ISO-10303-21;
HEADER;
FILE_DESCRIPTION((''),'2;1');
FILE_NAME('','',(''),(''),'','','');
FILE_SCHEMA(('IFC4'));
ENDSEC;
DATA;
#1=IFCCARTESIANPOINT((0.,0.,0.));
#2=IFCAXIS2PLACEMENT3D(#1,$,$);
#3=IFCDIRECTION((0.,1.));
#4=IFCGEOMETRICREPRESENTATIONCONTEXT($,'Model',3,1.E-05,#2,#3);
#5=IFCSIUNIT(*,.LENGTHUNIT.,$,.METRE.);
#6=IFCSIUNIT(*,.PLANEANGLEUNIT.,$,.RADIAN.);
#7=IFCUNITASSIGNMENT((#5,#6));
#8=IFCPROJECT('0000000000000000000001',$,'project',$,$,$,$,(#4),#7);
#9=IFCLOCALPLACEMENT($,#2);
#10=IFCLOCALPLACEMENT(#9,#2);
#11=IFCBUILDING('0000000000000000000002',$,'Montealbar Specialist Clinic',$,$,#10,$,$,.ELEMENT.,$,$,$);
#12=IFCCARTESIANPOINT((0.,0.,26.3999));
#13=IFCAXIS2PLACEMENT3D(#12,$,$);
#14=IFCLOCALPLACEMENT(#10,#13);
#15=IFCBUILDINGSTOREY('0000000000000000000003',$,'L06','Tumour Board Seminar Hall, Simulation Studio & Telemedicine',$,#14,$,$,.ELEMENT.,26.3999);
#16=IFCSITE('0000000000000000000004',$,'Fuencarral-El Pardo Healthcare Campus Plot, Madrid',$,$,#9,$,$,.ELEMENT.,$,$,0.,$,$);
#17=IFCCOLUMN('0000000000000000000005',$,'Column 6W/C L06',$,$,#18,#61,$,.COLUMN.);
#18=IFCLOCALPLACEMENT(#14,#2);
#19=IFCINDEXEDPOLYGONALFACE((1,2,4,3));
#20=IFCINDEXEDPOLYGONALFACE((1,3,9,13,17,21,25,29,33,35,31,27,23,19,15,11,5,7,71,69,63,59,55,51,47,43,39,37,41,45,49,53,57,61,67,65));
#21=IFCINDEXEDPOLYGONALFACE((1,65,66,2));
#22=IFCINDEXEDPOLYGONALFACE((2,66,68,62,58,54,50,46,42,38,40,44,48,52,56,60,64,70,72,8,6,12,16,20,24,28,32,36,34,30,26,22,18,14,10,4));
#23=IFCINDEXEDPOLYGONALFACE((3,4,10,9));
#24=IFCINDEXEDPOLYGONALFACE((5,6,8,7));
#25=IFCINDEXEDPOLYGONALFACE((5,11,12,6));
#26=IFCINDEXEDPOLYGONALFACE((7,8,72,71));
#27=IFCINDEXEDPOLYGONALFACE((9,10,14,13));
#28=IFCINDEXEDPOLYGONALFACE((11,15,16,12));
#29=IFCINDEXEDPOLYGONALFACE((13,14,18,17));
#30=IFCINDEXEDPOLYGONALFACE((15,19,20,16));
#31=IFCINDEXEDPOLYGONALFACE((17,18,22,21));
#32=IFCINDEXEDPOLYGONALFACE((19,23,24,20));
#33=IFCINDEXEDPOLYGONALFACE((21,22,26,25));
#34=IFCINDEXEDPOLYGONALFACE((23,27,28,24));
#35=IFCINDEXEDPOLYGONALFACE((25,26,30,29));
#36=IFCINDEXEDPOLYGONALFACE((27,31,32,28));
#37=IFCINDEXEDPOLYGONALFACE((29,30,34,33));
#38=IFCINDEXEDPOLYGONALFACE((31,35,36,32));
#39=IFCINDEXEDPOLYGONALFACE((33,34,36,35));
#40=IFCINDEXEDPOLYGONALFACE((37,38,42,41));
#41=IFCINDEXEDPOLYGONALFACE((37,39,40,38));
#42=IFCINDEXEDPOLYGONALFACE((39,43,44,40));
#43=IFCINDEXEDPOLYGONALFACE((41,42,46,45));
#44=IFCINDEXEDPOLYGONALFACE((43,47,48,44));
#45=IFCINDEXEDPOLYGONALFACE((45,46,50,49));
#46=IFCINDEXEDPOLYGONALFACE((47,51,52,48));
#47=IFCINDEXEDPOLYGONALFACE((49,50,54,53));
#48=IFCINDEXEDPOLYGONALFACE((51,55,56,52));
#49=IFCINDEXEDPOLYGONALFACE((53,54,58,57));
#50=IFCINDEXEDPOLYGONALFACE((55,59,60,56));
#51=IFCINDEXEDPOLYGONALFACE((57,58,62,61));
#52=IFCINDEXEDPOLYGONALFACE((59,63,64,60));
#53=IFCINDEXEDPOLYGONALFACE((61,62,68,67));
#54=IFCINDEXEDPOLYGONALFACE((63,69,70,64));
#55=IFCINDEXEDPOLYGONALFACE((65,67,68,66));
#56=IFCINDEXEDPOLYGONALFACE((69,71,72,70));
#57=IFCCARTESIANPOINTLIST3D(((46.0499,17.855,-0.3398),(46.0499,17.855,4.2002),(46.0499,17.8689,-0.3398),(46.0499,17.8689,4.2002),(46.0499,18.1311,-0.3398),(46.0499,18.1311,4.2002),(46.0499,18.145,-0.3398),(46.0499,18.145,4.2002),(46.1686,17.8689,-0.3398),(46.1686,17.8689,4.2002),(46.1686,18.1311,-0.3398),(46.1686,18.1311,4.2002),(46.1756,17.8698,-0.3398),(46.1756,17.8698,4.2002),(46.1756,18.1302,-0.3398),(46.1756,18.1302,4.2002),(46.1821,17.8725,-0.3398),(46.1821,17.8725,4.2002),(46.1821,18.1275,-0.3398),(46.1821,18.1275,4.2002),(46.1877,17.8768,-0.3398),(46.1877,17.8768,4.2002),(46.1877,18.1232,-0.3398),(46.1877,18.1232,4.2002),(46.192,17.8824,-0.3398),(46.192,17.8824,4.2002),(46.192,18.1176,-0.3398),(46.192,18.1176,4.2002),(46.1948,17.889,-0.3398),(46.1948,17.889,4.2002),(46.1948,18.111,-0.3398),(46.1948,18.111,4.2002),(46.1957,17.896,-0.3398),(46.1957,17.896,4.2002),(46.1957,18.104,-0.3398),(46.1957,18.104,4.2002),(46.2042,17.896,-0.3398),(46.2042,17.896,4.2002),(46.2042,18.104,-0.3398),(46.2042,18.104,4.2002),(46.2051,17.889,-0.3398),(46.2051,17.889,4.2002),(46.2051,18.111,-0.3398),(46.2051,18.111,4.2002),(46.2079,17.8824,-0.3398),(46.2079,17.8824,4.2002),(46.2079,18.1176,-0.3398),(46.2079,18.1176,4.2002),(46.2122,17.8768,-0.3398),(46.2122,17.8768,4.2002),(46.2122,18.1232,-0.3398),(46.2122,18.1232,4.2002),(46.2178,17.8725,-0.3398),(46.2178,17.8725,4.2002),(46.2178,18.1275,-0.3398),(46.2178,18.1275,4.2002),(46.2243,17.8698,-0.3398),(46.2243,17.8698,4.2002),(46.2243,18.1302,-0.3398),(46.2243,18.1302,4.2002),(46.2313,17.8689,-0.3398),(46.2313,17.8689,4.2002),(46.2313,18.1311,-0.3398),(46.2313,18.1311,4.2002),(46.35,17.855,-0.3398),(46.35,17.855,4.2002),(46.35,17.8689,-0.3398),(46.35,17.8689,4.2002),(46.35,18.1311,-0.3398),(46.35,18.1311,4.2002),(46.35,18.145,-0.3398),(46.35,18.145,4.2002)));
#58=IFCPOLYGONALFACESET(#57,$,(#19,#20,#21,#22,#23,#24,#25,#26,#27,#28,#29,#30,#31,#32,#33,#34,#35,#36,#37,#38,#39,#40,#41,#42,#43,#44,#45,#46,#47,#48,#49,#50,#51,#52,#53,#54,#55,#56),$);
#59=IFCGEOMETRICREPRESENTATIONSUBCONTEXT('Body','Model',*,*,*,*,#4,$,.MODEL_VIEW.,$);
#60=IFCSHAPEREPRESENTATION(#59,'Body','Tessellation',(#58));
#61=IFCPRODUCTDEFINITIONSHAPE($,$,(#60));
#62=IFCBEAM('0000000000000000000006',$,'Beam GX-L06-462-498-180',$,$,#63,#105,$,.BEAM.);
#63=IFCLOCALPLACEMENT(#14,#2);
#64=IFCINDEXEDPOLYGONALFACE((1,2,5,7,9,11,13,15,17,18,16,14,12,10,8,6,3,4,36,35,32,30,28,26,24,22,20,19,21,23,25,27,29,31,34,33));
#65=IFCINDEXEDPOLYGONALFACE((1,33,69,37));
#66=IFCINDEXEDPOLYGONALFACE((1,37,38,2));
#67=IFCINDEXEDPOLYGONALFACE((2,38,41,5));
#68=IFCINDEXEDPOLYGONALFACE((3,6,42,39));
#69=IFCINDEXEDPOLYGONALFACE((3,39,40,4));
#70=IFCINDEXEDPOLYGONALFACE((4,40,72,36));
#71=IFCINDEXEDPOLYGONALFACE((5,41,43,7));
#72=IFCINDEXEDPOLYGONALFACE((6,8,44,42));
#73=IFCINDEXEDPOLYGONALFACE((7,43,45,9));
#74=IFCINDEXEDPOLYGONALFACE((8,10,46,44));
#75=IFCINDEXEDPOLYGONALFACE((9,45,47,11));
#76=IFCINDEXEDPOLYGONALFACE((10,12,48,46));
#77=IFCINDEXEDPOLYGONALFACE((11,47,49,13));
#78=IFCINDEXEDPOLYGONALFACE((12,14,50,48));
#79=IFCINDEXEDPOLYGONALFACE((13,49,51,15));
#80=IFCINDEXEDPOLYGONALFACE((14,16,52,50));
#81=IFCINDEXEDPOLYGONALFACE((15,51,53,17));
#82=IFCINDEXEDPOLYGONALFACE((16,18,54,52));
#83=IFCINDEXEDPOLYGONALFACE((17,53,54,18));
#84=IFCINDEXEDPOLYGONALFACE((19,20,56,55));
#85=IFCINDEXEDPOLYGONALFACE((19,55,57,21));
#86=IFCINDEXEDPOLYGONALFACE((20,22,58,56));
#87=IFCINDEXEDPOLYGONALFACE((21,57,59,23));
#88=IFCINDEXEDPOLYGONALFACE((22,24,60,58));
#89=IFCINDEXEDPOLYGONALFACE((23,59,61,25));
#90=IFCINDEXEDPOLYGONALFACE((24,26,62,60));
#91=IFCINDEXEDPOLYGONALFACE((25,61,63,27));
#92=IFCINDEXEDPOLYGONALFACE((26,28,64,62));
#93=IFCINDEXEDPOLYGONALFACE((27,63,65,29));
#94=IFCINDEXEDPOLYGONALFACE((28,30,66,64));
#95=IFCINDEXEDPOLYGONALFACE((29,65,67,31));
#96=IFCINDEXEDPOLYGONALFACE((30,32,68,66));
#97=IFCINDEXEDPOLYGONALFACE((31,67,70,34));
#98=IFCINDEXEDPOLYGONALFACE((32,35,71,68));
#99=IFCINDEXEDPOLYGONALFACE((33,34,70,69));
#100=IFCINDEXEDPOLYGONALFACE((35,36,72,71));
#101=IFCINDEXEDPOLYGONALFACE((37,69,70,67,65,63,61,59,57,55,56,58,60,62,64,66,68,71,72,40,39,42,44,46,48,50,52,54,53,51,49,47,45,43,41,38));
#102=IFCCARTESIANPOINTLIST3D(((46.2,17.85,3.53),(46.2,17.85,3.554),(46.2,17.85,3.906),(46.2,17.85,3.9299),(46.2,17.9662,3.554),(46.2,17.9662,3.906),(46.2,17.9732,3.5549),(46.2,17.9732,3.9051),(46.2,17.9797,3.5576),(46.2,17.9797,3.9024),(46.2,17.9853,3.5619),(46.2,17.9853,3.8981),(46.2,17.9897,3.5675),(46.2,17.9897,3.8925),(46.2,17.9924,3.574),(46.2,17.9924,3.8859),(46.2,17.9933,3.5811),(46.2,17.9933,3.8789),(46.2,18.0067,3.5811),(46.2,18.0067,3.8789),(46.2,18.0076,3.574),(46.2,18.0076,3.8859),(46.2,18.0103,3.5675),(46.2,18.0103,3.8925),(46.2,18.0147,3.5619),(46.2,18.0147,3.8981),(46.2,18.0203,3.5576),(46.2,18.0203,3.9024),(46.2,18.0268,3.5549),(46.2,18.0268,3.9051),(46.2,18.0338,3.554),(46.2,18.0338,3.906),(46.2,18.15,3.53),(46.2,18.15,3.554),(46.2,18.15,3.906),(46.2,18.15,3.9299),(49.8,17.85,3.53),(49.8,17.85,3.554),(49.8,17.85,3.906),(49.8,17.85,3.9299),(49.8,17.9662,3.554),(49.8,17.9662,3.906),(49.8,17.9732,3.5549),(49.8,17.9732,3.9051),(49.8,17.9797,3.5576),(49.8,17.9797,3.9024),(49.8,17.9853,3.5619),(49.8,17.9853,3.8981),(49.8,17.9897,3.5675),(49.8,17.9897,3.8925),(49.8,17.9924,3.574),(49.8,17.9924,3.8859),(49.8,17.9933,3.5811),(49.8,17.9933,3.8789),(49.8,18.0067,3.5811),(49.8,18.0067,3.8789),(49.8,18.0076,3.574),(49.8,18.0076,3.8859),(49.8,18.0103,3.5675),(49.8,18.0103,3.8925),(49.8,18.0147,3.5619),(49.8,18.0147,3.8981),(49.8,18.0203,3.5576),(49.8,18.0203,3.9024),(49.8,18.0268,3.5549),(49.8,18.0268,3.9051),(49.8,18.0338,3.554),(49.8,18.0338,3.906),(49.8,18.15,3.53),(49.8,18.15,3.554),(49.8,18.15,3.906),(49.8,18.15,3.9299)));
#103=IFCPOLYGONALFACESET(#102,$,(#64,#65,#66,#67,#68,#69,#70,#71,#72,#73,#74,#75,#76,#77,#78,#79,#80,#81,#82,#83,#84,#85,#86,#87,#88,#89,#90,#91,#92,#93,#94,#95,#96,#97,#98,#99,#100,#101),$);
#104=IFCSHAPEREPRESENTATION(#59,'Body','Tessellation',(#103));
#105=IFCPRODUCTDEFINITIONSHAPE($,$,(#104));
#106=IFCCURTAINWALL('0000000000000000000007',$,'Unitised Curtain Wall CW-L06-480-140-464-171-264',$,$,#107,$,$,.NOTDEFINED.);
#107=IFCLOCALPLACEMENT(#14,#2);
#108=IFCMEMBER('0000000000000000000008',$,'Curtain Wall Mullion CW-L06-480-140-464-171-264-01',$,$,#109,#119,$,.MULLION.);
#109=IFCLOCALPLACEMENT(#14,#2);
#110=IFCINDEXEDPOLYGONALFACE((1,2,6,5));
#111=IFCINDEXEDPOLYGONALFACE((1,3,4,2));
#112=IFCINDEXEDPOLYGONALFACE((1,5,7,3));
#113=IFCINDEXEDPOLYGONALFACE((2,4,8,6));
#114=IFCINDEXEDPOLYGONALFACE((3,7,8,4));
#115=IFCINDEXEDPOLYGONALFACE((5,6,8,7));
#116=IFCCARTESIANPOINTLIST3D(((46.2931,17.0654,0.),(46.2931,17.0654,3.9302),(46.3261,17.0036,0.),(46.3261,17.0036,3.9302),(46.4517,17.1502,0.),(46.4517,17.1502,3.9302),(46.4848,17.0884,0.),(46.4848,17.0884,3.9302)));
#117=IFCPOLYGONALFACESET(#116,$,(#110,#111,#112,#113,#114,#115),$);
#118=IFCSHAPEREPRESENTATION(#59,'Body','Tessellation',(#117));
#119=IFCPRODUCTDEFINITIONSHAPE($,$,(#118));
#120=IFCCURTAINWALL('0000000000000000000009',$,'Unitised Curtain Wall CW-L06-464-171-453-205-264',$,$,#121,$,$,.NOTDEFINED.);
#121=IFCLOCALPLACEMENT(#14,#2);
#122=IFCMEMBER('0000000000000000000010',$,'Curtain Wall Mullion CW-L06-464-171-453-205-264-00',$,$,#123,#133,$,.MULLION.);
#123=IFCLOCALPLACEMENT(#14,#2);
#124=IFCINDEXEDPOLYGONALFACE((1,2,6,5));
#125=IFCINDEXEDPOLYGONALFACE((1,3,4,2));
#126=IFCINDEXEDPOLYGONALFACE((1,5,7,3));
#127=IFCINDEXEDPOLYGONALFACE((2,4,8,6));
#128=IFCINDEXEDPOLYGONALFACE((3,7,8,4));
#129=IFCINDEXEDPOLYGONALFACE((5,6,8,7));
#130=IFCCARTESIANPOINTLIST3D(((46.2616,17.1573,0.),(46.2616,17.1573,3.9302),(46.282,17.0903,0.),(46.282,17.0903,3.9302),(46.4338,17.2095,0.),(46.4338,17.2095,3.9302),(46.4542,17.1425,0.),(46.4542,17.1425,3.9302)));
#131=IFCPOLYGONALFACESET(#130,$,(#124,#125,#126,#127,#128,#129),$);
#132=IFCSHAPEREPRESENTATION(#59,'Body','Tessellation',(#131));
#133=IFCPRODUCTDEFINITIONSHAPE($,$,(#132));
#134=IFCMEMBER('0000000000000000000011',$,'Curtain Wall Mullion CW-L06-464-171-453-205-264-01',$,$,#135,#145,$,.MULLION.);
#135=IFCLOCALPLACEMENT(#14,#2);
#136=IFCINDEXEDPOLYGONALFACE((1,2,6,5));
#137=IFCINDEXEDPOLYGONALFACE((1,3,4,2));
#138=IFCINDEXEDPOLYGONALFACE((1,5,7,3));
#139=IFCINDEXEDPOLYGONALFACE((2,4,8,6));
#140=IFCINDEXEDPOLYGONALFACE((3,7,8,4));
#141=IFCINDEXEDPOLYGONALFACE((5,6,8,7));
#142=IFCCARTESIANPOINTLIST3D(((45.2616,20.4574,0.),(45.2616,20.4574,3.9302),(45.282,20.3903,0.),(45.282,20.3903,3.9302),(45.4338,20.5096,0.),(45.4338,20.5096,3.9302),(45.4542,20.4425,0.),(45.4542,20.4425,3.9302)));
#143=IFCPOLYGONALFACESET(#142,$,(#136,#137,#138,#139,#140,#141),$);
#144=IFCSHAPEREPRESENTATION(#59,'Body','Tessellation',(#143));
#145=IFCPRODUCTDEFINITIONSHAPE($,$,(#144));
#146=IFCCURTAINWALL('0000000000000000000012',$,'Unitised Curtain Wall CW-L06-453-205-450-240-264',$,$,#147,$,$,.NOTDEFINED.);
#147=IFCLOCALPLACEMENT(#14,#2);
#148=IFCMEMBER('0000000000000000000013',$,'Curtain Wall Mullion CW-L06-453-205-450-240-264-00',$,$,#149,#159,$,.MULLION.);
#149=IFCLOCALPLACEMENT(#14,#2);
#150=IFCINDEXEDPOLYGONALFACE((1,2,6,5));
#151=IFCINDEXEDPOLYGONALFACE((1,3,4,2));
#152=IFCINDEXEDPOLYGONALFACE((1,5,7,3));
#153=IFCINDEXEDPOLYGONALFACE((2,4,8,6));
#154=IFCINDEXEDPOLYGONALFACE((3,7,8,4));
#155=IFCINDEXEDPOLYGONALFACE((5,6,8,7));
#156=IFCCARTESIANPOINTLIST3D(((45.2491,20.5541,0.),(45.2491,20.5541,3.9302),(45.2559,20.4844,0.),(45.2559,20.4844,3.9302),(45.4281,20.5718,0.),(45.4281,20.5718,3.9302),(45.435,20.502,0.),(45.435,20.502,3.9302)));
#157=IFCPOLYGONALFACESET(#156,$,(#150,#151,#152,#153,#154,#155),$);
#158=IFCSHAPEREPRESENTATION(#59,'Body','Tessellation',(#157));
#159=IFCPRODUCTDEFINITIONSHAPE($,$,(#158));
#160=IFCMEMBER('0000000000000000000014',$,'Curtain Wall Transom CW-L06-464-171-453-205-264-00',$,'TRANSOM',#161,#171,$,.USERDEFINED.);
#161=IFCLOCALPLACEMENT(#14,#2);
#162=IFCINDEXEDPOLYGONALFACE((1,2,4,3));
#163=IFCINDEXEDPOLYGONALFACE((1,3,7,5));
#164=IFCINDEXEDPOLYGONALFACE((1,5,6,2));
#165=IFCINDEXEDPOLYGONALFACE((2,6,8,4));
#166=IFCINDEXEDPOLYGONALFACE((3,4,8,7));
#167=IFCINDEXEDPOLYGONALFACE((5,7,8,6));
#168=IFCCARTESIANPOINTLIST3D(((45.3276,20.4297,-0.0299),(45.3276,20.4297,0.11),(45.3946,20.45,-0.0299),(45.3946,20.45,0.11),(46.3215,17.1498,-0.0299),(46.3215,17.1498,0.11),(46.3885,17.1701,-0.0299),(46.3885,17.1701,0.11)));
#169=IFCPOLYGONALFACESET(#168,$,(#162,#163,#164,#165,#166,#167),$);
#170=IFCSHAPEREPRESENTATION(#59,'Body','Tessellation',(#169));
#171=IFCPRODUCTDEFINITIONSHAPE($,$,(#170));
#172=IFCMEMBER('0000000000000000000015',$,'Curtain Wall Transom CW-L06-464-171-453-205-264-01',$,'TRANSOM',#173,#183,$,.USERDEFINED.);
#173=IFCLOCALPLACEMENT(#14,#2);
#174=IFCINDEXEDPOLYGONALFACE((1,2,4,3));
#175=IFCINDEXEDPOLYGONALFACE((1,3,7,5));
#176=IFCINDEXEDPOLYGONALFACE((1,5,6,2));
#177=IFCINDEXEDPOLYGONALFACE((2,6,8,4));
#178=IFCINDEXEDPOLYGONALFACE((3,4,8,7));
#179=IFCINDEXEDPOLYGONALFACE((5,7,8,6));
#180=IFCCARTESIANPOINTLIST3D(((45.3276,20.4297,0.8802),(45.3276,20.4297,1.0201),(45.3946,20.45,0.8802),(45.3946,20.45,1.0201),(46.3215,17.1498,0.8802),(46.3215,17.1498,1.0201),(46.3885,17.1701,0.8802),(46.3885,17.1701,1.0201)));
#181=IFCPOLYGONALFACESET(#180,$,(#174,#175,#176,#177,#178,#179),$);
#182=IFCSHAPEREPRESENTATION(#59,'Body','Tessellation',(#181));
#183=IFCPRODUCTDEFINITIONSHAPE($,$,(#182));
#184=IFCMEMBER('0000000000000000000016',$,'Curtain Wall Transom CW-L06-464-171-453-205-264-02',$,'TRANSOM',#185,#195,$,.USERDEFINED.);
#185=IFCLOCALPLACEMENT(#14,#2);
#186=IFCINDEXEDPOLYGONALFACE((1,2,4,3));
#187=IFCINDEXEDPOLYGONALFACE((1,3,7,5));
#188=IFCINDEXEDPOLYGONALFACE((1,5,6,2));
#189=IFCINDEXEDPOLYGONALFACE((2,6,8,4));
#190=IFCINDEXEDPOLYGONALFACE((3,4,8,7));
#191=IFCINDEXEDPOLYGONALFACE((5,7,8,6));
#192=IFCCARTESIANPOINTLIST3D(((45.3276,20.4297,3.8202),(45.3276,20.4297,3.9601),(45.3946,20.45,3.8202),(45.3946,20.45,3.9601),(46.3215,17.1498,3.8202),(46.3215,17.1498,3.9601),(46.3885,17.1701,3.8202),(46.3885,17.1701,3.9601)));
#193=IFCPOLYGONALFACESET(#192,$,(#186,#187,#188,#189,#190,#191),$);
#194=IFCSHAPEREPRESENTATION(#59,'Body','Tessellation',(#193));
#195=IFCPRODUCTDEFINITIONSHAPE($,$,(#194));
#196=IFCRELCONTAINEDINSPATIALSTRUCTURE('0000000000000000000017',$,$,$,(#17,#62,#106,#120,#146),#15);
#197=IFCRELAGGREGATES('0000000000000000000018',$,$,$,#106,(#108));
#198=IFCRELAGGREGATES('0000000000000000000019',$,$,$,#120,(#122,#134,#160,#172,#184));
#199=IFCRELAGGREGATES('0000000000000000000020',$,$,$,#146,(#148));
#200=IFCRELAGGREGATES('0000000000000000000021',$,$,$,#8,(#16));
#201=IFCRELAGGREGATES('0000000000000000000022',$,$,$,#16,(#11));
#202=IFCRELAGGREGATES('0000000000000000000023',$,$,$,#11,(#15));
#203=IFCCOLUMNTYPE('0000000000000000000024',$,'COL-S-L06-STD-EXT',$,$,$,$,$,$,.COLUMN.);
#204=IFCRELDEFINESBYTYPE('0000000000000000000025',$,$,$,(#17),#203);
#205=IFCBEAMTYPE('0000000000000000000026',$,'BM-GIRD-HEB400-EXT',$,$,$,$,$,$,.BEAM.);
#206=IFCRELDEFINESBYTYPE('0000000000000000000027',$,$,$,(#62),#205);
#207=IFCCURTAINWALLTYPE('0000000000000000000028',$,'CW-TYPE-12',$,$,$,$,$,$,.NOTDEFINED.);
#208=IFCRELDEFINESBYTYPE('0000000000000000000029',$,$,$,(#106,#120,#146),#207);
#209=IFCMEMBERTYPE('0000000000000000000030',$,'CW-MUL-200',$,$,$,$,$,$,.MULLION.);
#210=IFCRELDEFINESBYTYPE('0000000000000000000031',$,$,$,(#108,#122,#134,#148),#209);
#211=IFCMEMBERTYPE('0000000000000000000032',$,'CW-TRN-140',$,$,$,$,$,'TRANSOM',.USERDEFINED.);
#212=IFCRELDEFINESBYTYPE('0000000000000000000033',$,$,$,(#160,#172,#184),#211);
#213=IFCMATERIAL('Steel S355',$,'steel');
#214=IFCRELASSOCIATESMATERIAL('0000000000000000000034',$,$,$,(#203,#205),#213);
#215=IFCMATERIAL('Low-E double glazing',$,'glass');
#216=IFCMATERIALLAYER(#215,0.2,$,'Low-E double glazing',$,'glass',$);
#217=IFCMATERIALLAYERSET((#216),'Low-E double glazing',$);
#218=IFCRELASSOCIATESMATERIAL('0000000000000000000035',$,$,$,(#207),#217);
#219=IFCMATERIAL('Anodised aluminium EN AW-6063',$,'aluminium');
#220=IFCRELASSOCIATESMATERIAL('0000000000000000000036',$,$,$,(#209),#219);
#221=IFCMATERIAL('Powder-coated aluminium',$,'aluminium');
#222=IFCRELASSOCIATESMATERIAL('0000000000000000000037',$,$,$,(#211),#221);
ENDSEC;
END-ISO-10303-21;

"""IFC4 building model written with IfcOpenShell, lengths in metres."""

from ifc_helpers import new_model, si_unit, direction, frame, origin, origin_2d, place, context, subcontext, project, spatial, rectangle, i_section, extrude, material, layer, layer_set, material_profile, profile_set, type_object, element, aggregate, save


model = new_model("IFC4")

# Units and contexts
model_context = context("Model", 3, precision=1e-05, world=origin(), true_north=direction((0.0, 1.0)))
body_context = subcontext(model_context, "Body", "Model", "MODEL_VIEW")
ifc_project = project(units=[si_unit("LENGTHUNIT", "METRE"), si_unit("PLANEANGLEUNIT", "RADIAN")], contexts=[model_context])

# Site, building, storey
site_placement = place(None, origin())
site = spatial("IfcSite", under=ifc_project, at=site_placement, Name="Fuencarral-El Pardo Healthcare Campus Plot, Madrid", CompositionType="ELEMENT", RefElevation=0.0)
building_placement = place(site_placement, origin())
building = spatial("IfcBuilding", under=site, at=building_placement, Name="Montealbar Specialist Clinic", CompositionType="ELEMENT")
storey_placement = place(building_placement, frame((0.0, 0.0, 26.3999)))
storey = spatial("IfcBuildingStorey", under=building, at=storey_placement, Name="L06", Description="Tumour Board Seminar Hall, Simulation Studio & Telemedicine", CompositionType="ELEMENT", Elevation=26.3999)

# Column
ifc_material_1 = material(Name="Steel S355", Category="steel")
ifc_material_profile_1 = material_profile(ifc_material_1, i_section(OverallWidth=0.3, OverallDepth=0.29, WebThickness=0.0085, FlangeThickness=0.0139, FilletRadius=0.0271, at=origin_2d()), Name="HEA 300", Category="steel")
ifc_profile_set_1 = profile_set([ifc_material_profile_1], Name="Steel S355")
column_type = type_object("IfcColumnType", Name="COL-S-L06-STD-EXT", PredefinedType="COLUMN", material=ifc_profile_set_1)
column_placement = place(storey_placement, frame((46.2, 18.0, -0.3398), z_axis=(0.0, 0.0, 1.0), x_axis=(1.0, 0.0, 0.0)))
element("IfcColumn", 1, at=column_placement, inside=storey, type_object=column_type, Name="Column 6W/C L06", PredefinedType="COLUMN", context=body_context, shape_type="SweptSolid", body=[
    extrude(i_section(OverallWidth=0.3, OverallDepth=0.29, WebThickness=0.0085, FlangeThickness=0.0139, FilletRadius=0.0271, at=origin_2d()), origin(), (0.0, 0.0, 1.0), 4.54),
])

# Beam
ifc_material_profile_2 = material_profile(ifc_material_1, i_section(OverallWidth=0.3, OverallDepth=0.3999, WebThickness=0.0134, FlangeThickness=0.0239, FilletRadius=0.0271, at=origin_2d()), Name="HEB 400", Category="steel")
ifc_profile_set_2 = profile_set([ifc_material_profile_2], Name="Steel S355")
beam_type = type_object("IfcBeamType", Name="BM-GIRD-HEB400-EXT", PredefinedType="BEAM", material=ifc_profile_set_2)
beam_placement = place(storey_placement, frame((46.2, 18.0, 3.73), z_axis=(1.0, 0.0, 0.0), x_axis=(0.0, 1.0, 0.0)))
element("IfcBeam", 2, at=beam_placement, inside=storey, type_object=beam_type, Name="Beam GX-L06-462-498-180", PredefinedType="BEAM", context=body_context, shape_type="SweptSolid", body=[
    extrude(i_section(OverallWidth=0.3, OverallDepth=0.3999, WebThickness=0.0134, FlangeThickness=0.0239, FilletRadius=0.0271, at=origin_2d()), origin(), (0.0, 0.0, 1.0), 3.6001),
])

# Curtain wall, member
ifc_material_2 = material(Name="Low-E double glazing", Category="glass")
ifc_layer_1 = layer(ifc_material_2, 0.2, Name="Low-E double glazing", Category="glass")
ifc_layer_set_1 = layer_set([ifc_layer_1], Name="Low-E double glazing")
curtain_wall_type = type_object("IfcCurtainWallType", Name="CW-TYPE-12", PredefinedType="NOTDEFINED", material=ifc_layer_set_1)
curtain_wall_1_placement = place(storey_placement, origin())
curtain_wall_1 = element("IfcCurtainWall", 3, at=curtain_wall_1_placement, inside=storey, type_object=curtain_wall_type, Name="Unitised Curtain Wall CW-L06-480-140-464-171-264", PredefinedType="NOTDEFINED")
ifc_material_3 = material(Name="Anodised aluminium EN AW-6063", Category="aluminium")
ifc_material_profile_3 = material_profile(ifc_material_3, rectangle(XDim=0.0701, YDim=0.1799, at=origin_2d()), Name="ALU 70x180", Category="aluminium")
ifc_profile_set_3 = profile_set([ifc_material_profile_3], Name="Anodised aluminium EN AW-6063")
member_type_1 = type_object("IfcMemberType", Name="CW-MUL-200", PredefinedType="MULLION", material=ifc_profile_set_3)
member_1_placement = place(storey_placement, frame((46.3889, 17.0769, 0.0), z_axis=(0.0, 0.0, 1.0), x_axis=(-0.471529, 0.88185, 0.0)))
member_1 = element("IfcMember", 4, at=member_1_placement, type_object=member_type_1, Name="Curtain Wall Mullion CW-L06-480-140-464-171-264-01", PredefinedType="MULLION", context=body_context, shape_type="SweptSolid", body=[
    extrude(rectangle(XDim=0.0701, YDim=0.1799, at=origin_2d()), origin(), (0.0, 0.0, 1.0), 3.9302),
])

# Curtain wall, members
curtain_wall_2_placement = place(storey_placement, origin())
curtain_wall_2 = element("IfcCurtainWall", 5, at=curtain_wall_2_placement, inside=storey, type_object=curtain_wall_type, Name="Unitised Curtain Wall CW-L06-464-171-453-205-264", PredefinedType="NOTDEFINED")
member_2_placement = place(storey_placement, frame((46.3579, 17.1499, 0.0), z_axis=(0.0, 0.0, 1.0), x_axis=(-0.290259, 0.956948, 0.0)))
member_2 = element("IfcMember", 6, at=member_2_placement, type_object=member_type_1, Name="Curtain Wall Mullion CW-L06-464-171-453-205-264-00", PredefinedType="MULLION", context=body_context, shape_type="SweptSolid", body=[
    extrude(rectangle(XDim=0.0701, YDim=0.1799, at=origin_2d()), origin(), (0.0, 0.0, 1.0), 3.9302),
])
member_3_placement = place(storey_placement, frame((45.3579, 20.45, 0.0), z_axis=(0.0, 0.0, 1.0), x_axis=(-0.290259, 0.956948, 0.0)))
member_3 = element("IfcMember", 7, at=member_3_placement, type_object=member_type_1, Name="Curtain Wall Mullion CW-L06-464-171-453-205-264-01", PredefinedType="MULLION", context=body_context, shape_type="SweptSolid", body=[
    extrude(rectangle(XDim=0.0701, YDim=0.1799, at=origin_2d()), origin(), (0.0, 0.0, 1.0), 3.9302),
])

# Curtain wall, member
curtain_wall_3_placement = place(storey_placement, origin())
curtain_wall_3 = element("IfcCurtainWall", 8, at=curtain_wall_3_placement, inside=storey, type_object=curtain_wall_type, Name="Unitised Curtain Wall CW-L06-453-205-450-240-264", PredefinedType="NOTDEFINED")
member_4_placement = place(storey_placement, frame((45.342, 20.5281, 0.0), z_axis=(0.0, 0.0, 1.0), x_axis=(-0.098045, 0.995182, 0.0)))
member_4 = element("IfcMember", 9, at=member_4_placement, type_object=member_type_1, Name="Curtain Wall Mullion CW-L06-453-205-450-240-264-00", PredefinedType="MULLION", context=body_context, shape_type="SweptSolid", body=[
    extrude(rectangle(XDim=0.0701, YDim=0.1799, at=origin_2d()), origin(), (0.0, 0.0, 1.0), 3.9302),
])

# Members
ifc_material_4 = material(Name="Powder-coated aluminium", Category="aluminium")
ifc_material_profile_4 = material_profile(ifc_material_4, rectangle(XDim=0.0701, YDim=0.1399, at=origin_2d()), Name="ALU 70x140", Category="aluminium")
ifc_profile_set_4 = profile_set([ifc_material_profile_4], Name="Powder-coated aluminium")
member_type_2 = type_object("IfcMemberType", Name="CW-TRN-140", ElementType="TRANSOM", PredefinedType="USERDEFINED", material=ifc_profile_set_4)
member_5_placement = place(storey_placement, frame((46.355, 17.1599, 0.04), z_axis=(-0.289994, 0.957029, 0.0), x_axis=(-0.957029, -0.289994, 0.0)))
member_5 = element("IfcMember", 10, at=member_5_placement, type_object=member_type_2, Name="Curtain Wall Transom CW-L06-464-171-453-205-264-00", ObjectType="TRANSOM", PredefinedType="USERDEFINED", context=body_context, shape_type="SweptSolid", body=[
    extrude(rectangle(XDim=0.0701, YDim=0.1399, at=origin_2d()), origin(), (0.0, 0.0, 1.0), 3.4272),
])
member_6_placement = place(storey_placement, frame((46.355, 17.1599, 0.9502), z_axis=(-0.289994, 0.957029, 0.0), x_axis=(-0.957029, -0.289994, 0.0)))
member_6 = element("IfcMember", 11, at=member_6_placement, type_object=member_type_2, Name="Curtain Wall Transom CW-L06-464-171-453-205-264-01", ObjectType="TRANSOM", PredefinedType="USERDEFINED", context=body_context, shape_type="SweptSolid", body=[
    extrude(rectangle(XDim=0.0701, YDim=0.1399, at=origin_2d()), origin(), (0.0, 0.0, 1.0), 3.4272),
])
member_7_placement = place(storey_placement, frame((46.355, 17.1599, 3.8901), z_axis=(-0.289994, 0.957029, 0.0), x_axis=(-0.957029, -0.289994, 0.0)))
member_7 = element("IfcMember", 12, at=member_7_placement, type_object=member_type_2, Name="Curtain Wall Transom CW-L06-464-171-453-205-264-02", ObjectType="TRANSOM", PredefinedType="USERDEFINED", context=body_context, shape_type="SweptSolid", body=[
    extrude(rectangle(XDim=0.0701, YDim=0.1399, at=origin_2d()), origin(), (0.0, 0.0, 1.0), 3.4272),
])

aggregate(curtain_wall_1, [member_1])
aggregate(curtain_wall_2, [member_2, member_3, member_5, member_6, member_7])
aggregate(curtain_wall_3, [member_4])

save(model, "model.ifc")
